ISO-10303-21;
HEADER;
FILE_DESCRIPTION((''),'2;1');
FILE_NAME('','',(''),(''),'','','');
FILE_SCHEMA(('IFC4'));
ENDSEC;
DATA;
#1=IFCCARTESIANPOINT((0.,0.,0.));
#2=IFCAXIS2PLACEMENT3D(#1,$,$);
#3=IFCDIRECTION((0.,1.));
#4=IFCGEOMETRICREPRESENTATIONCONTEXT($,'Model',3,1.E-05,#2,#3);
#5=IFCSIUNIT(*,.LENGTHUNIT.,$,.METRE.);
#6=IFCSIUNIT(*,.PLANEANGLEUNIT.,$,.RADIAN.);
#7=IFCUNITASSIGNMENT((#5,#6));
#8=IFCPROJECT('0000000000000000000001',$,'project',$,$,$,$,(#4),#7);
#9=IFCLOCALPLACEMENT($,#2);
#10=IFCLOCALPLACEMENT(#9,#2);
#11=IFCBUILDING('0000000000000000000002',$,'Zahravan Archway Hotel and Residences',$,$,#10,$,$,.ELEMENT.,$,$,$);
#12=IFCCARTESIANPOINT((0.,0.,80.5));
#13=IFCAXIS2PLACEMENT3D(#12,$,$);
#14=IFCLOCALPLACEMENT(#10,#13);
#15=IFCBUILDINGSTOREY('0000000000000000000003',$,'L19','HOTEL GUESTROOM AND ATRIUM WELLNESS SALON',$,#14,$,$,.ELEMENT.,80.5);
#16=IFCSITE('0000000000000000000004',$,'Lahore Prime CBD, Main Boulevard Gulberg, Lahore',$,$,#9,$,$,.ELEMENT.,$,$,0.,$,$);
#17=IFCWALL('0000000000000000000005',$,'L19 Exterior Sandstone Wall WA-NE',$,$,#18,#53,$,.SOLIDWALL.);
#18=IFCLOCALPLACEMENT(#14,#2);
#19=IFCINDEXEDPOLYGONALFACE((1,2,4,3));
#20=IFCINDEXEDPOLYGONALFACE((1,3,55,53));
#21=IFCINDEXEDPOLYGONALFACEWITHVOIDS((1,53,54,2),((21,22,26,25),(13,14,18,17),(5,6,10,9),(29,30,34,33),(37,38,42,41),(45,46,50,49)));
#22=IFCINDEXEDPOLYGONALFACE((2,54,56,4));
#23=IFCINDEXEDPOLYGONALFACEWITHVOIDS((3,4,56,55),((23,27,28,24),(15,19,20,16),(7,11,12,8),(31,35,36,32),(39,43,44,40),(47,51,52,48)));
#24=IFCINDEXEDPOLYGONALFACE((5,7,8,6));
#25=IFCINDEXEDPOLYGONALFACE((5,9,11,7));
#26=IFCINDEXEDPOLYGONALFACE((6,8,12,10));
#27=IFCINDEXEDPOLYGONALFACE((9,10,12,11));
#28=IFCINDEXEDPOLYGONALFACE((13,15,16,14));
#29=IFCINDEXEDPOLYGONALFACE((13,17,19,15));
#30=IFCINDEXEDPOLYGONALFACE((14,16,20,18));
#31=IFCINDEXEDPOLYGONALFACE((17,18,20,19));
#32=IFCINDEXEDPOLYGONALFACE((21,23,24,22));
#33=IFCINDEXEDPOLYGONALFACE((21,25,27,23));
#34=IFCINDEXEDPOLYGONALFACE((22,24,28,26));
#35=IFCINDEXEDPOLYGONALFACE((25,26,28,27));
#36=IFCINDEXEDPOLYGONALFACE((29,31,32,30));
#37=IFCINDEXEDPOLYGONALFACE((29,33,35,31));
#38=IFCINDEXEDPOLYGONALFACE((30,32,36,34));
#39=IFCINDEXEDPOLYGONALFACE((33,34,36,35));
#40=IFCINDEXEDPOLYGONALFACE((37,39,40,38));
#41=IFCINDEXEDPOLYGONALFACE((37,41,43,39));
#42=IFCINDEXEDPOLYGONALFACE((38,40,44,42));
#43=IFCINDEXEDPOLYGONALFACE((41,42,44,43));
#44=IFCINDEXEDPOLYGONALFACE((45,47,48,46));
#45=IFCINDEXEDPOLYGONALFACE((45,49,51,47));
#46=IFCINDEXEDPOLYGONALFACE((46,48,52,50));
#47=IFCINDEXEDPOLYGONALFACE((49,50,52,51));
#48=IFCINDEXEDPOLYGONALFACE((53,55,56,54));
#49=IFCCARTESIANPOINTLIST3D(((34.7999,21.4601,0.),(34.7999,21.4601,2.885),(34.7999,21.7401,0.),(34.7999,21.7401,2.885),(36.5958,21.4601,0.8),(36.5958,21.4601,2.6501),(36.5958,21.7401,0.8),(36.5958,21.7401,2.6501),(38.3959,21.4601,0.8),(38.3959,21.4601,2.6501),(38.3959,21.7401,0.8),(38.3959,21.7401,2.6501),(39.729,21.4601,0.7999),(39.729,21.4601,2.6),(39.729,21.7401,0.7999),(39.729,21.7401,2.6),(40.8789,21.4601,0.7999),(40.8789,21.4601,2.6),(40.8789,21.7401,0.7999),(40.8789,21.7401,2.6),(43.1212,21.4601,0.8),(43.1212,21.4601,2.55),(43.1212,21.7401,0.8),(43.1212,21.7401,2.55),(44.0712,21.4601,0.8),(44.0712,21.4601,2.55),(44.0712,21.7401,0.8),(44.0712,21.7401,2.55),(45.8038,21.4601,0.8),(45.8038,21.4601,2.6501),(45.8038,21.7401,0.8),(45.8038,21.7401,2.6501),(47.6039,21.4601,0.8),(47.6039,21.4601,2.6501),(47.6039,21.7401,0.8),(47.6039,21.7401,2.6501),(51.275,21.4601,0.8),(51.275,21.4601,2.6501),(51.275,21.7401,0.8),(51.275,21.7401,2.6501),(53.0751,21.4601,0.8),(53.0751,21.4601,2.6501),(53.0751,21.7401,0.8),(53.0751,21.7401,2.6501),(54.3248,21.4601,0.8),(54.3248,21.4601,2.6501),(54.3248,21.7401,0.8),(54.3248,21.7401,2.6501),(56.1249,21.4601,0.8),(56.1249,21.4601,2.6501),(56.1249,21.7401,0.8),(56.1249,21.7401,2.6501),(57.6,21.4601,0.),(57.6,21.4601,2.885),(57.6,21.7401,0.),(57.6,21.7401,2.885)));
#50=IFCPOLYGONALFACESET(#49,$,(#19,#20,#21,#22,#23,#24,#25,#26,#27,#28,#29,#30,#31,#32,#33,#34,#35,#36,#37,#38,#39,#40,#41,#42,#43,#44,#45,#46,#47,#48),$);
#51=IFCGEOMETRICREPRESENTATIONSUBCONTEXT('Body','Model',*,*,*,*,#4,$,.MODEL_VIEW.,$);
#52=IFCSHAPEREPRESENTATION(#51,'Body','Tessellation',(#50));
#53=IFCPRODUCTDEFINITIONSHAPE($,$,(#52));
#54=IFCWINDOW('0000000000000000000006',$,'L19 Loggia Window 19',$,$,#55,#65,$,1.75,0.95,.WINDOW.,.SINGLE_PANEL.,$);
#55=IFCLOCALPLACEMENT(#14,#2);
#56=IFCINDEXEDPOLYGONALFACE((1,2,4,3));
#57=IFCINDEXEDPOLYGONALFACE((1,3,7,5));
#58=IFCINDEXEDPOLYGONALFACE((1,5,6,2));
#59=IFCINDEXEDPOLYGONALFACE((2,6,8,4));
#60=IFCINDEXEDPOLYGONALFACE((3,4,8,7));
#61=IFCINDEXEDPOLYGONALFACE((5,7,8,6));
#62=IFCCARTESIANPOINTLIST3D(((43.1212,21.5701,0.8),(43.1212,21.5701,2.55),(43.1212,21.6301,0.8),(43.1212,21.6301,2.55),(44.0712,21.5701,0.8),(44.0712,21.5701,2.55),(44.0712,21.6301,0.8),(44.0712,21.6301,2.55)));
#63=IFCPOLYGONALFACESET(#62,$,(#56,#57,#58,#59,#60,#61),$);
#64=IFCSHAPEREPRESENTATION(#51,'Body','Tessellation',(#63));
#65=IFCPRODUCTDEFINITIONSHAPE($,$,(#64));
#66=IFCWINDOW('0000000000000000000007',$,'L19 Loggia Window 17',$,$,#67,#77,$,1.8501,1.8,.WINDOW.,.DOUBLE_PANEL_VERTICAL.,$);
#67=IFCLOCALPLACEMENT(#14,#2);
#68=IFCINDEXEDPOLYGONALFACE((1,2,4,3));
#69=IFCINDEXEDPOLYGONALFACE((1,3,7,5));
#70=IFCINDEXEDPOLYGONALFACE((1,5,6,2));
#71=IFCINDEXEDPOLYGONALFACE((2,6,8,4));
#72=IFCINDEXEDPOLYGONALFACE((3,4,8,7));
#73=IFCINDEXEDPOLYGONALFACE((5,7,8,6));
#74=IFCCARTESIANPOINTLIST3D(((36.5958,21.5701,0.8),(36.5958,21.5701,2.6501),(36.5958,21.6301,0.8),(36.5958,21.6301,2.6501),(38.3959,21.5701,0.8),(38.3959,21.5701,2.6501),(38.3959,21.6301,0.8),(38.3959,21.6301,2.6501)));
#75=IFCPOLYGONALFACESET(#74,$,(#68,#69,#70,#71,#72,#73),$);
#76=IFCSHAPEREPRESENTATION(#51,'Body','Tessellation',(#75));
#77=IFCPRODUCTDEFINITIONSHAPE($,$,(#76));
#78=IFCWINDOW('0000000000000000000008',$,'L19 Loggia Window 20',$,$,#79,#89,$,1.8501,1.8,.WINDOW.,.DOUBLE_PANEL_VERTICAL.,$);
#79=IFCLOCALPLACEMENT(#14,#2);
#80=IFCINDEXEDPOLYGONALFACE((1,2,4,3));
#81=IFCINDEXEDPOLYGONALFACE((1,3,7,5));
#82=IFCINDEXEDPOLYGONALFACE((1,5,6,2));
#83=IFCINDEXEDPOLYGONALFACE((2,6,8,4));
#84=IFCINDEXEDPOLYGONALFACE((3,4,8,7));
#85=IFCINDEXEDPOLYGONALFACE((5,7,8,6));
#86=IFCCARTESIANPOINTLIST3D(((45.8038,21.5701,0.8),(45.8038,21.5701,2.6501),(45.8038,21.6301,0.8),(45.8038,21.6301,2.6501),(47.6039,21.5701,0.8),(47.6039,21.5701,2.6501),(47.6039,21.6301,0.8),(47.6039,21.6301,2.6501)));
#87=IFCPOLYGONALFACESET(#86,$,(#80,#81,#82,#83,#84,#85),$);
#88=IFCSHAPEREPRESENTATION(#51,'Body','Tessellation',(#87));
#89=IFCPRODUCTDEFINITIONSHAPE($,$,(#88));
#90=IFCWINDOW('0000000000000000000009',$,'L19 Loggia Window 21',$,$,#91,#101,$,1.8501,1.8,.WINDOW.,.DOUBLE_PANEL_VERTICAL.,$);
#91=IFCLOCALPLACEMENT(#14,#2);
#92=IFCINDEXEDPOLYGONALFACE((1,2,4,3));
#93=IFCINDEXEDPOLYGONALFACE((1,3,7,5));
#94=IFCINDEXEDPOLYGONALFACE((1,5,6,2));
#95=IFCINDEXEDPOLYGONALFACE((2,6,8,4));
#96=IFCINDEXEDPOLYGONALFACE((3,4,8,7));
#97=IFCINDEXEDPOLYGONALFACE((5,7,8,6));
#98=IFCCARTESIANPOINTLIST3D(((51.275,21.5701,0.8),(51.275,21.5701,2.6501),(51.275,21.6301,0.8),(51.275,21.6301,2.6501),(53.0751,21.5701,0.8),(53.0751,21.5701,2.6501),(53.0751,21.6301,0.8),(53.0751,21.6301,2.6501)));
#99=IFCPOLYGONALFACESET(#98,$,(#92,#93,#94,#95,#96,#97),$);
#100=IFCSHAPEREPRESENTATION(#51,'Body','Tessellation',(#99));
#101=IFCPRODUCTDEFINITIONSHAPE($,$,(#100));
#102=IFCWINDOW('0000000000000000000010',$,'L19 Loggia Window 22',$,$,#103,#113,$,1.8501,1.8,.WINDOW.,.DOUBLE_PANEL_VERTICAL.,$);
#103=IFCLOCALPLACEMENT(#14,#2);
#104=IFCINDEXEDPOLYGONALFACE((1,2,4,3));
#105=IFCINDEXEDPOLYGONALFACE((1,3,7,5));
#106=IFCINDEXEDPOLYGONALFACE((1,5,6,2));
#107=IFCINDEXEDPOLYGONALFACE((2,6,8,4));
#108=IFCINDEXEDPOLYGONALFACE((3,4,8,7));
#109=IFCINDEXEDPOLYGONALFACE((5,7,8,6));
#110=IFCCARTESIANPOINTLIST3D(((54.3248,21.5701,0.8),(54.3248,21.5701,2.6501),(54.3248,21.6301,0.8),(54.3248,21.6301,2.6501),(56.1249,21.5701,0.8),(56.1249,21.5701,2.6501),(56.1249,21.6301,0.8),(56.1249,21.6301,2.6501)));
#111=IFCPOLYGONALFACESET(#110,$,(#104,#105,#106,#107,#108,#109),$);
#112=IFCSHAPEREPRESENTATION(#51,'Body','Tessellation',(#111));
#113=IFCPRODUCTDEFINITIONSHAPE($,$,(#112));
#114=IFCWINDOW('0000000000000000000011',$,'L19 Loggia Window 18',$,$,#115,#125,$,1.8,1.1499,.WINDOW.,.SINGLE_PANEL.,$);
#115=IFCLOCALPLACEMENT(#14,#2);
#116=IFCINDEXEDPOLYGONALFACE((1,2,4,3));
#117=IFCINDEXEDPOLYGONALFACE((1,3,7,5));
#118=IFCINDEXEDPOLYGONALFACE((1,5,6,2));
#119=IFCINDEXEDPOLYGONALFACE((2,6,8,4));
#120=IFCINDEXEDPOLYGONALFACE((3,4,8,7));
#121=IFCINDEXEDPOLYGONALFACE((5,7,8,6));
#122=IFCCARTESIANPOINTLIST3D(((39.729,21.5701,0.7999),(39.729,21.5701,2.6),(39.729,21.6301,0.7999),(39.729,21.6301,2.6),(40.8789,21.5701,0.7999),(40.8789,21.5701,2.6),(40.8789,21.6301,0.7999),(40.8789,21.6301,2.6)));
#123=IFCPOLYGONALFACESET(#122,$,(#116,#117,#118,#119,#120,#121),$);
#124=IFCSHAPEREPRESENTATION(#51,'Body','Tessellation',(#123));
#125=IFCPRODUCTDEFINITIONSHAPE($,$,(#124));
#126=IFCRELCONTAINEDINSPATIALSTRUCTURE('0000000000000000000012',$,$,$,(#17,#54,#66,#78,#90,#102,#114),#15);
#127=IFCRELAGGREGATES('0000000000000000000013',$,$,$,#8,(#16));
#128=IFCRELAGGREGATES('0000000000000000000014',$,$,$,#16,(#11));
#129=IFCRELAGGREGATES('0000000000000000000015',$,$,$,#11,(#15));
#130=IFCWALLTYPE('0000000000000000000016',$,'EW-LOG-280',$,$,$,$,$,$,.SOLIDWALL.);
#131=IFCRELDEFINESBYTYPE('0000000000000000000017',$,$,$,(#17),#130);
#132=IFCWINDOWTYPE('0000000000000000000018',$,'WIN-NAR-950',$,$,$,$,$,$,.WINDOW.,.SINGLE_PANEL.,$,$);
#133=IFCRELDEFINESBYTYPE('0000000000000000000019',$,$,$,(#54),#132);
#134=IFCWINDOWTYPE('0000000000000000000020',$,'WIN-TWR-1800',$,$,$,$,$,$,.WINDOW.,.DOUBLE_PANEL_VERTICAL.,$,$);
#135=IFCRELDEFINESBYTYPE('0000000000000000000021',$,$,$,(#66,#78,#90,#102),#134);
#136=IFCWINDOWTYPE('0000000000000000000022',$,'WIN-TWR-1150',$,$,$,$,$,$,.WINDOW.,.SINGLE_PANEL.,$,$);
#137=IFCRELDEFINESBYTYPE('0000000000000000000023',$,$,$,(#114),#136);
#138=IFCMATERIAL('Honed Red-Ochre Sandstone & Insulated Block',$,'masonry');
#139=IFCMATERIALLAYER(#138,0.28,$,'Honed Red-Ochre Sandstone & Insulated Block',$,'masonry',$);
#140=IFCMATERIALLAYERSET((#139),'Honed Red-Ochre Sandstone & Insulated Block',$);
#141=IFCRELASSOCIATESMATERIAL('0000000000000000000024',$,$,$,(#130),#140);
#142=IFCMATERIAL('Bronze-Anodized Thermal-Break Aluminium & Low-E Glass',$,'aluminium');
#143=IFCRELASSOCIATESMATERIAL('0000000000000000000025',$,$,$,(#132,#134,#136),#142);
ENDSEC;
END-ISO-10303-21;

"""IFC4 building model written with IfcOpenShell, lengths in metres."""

from ifc_helpers import new_model, si_unit, direction, frame, frame_2d, origin, place, context, subcontext, project, spatial, rectangle, extrude, source, transform, mapped, material, layer, layer_set, type_object, type_shapes, element, fill, save


model = new_model("IFC4")

# Units and contexts
model_context = context("Model", 3, precision=1e-05, world=origin(), true_north=direction((0.0, 1.0)))
body_context = subcontext(model_context, "Body", "Model", "MODEL_VIEW")
ifc_project = project(units=[si_unit("LENGTHUNIT", "METRE"), si_unit("PLANEANGLEUNIT", "RADIAN")], contexts=[model_context])

# Site, building, storey
site_placement = place(None, origin())
site = spatial("IfcSite", under=ifc_project, at=site_placement, Name="Lahore Prime CBD, Main Boulevard Gulberg, Lahore", CompositionType="ELEMENT", RefElevation=0.0)
building_placement = place(site_placement, origin())
building = spatial("IfcBuilding", under=site, at=building_placement, Name="Zahravan Archway Hotel and Residences", CompositionType="ELEMENT")
storey_placement = place(building_placement, frame((0.0, 0.0, 80.5)))
storey = spatial("IfcBuildingStorey", under=building, at=storey_placement, Name="L19", Description="HOTEL GUESTROOM AND ATRIUM WELLNESS SALON", CompositionType="ELEMENT", Elevation=80.5)

# Wall, openings, windows
ifc_material_1 = material(Name="Honed Red-Ochre Sandstone & Insulated Block", Category="masonry")
ifc_layer_1 = layer(ifc_material_1, 0.28, Name="Honed Red-Ochre Sandstone & Insulated Block", Category="masonry")
ifc_layer_set_1 = layer_set([ifc_layer_1], Name="Honed Red-Ochre Sandstone & Insulated Block")
wall_type = type_object("IfcWallType", Name="EW-LOG-280", PredefinedType="SOLIDWALL", material=ifc_layer_set_1)
wall_placement = place(storey_placement, frame((34.8, 21.6001, 0.0), z_axis=(0.0, 0.0, 1.0), x_axis=(1.0, 0.0, 0.0)))
wall = element("IfcWall", 1, at=wall_placement, inside=storey, type_object=wall_type, Name="L19 Exterior Sandstone Wall WA-NE", PredefinedType="SOLIDWALL", context=body_context, shape_type="SweptSolid", body=[
    extrude(rectangle(XDim=22.8, YDim=0.28, at=frame_2d((11.3999, 0.0))), origin(), (0.0, 0.0, 1.0), 2.885),
])
opening_1_placement = place(wall_placement, frame((1.7959, 0.0, 0.8)))
opening_1 = element("IfcOpeningElement", 2, at=opening_1_placement, cuts=wall, PredefinedType="OPENING", context=body_context, shape_type="SweptSolid", body=[
    extrude(rectangle(XDim=1.8, YDim=1.8501, at=frame_2d((0.8999, 0.925))), frame((0.0, 0.1499, 0.0), z_axis=(0.0, -1.0, 0.0), x_axis=(1.0, 0.0, 0.0)), (0.0, 0.0, 1.0), 0.3),
])
opening_2_placement = place(wall_placement, frame((4.929, 0.0, 0.8)))
opening_2 = element("IfcOpeningElement", 3, at=opening_2_placement, cuts=wall, PredefinedType="OPENING", context=body_context, shape_type="SweptSolid", body=[
    extrude(rectangle(XDim=1.1499, YDim=1.8, at=frame_2d((0.575, 0.8999))), frame((0.0, 0.1499, 0.0), z_axis=(0.0, -1.0, 0.0), x_axis=(1.0, 0.0, 0.0)), (0.0, 0.0, 1.0), 0.3),
])
opening_3_placement = place(wall_placement, frame((8.321, 0.0, 0.8)))
opening_3 = element("IfcOpeningElement", 4, at=opening_3_placement, cuts=wall, PredefinedType="OPENING", context=body_context, shape_type="SweptSolid", body=[
    extrude(rectangle(XDim=0.95, YDim=1.75, at=frame_2d((0.4751, 0.875))), frame((0.0, 0.1499, 0.0), z_axis=(0.0, -1.0, 0.0), x_axis=(1.0, 0.0, 0.0)), (0.0, 0.0, 1.0), 0.3),
])
opening_4_placement = place(wall_placement, frame((11.0039, 0.0, 0.8)))
opening_4 = element("IfcOpeningElement", 5, at=opening_4_placement, cuts=wall, PredefinedType="OPENING", context=body_context, shape_type="SweptSolid", body=[
    extrude(rectangle(XDim=1.8, YDim=1.8501, at=frame_2d((0.8999, 0.925))), frame((0.0, 0.1499, 0.0), z_axis=(0.0, -1.0, 0.0), x_axis=(1.0, 0.0, 0.0)), (0.0, 0.0, 1.0), 0.3),
])
opening_5_placement = place(wall_placement, frame((16.4751, 0.0, 0.8)))
opening_5 = element("IfcOpeningElement", 6, at=opening_5_placement, cuts=wall, PredefinedType="OPENING", context=body_context, shape_type="SweptSolid", body=[
    extrude(rectangle(XDim=1.8, YDim=1.8501, at=frame_2d((0.8999, 0.925))), frame((0.0, 0.1499, 0.0), z_axis=(0.0, -1.0, 0.0), x_axis=(1.0, 0.0, 0.0)), (0.0, 0.0, 1.0), 0.3),
])
opening_6_placement = place(wall_placement, frame((19.5249, 0.0, 0.8)))
opening_6 = element("IfcOpeningElement", 7, at=opening_6_placement, cuts=wall, PredefinedType="OPENING", context=body_context, shape_type="SweptSolid", body=[
    extrude(rectangle(XDim=1.8, YDim=1.8501, at=frame_2d((0.8999, 0.925))), frame((0.0, 0.1499, 0.0), z_axis=(0.0, -1.0, 0.0), x_axis=(1.0, 0.0, 0.0)), (0.0, 0.0, 1.0), 0.3),
])
ifc_material_2 = material(Name="Bronze-Anodized Thermal-Break Aluminium & Low-E Glass", Category="aluminium")
window_type_1 = type_object("IfcWindowType", Name="WIN-NAR-950", PartitioningType="SINGLE_PANEL", PredefinedType="WINDOW", material=ifc_material_2)
shared_shape_1 = source(origin(), body_context, "Body", "SweptSolid", [
    extrude(rectangle(XDim=0.95, YDim=1.75, at=frame_2d((0.4751, 0.875))), frame((0.0, 0.03, 0.0), z_axis=(0.0, -1.0, 0.0), x_axis=(1.0, 0.0, 0.0)), (0.0, 0.0, 1.0), 0.0601),
])
type_shapes(window_type_1, [shared_shape_1])
window_1_placement = place(opening_3_placement, origin())
window_1 = element("IfcWindow", 8, at=window_1_placement, inside=storey, type_object=window_type_1, Name="L19 Loggia Window 19", OverallHeight=1.75, OverallWidth=0.95, PartitioningType="SINGLE_PANEL", PredefinedType="WINDOW", context=body_context, shape_type="MappedRepresentation", body=[
    mapped(shared_shape_1, transform((0.0, 0.0, 0.0), scale=1.0)),
])
fill(opening_3, window_1)
window_type_2 = type_object("IfcWindowType", Name="WIN-TWR-1800", PartitioningType="DOUBLE_PANEL_VERTICAL", PredefinedType="WINDOW", material=ifc_material_2)
shared_shape_2 = source(origin(), body_context, "Body", "SweptSolid", [
    extrude(rectangle(XDim=1.8, YDim=1.8501, at=frame_2d((0.8999, 0.925))), frame((0.0, 0.03, 0.0), z_axis=(0.0, -1.0, 0.0), x_axis=(1.0, 0.0, 0.0)), (0.0, 0.0, 1.0), 0.0601),
])
type_shapes(window_type_2, [shared_shape_2])
window_2_placement = place(opening_1_placement, origin())
window_2 = element("IfcWindow", 9, at=window_2_placement, inside=storey, type_object=window_type_2, Name="L19 Loggia Window 17", OverallHeight=1.8501, OverallWidth=1.8, PartitioningType="DOUBLE_PANEL_VERTICAL", PredefinedType="WINDOW", context=body_context, shape_type="MappedRepresentation", body=[
    mapped(shared_shape_2, transform((0.0, 0.0, 0.0), scale=1.0)),
])
fill(opening_1, window_2)
window_3_placement = place(opening_4_placement, origin())
window_3 = element("IfcWindow", 10, at=window_3_placement, inside=storey, type_object=window_type_2, Name="L19 Loggia Window 20", OverallHeight=1.8501, OverallWidth=1.8, PartitioningType="DOUBLE_PANEL_VERTICAL", PredefinedType="WINDOW", context=body_context, shape_type="MappedRepresentation", body=[
    mapped(shared_shape_2, transform((0.0, 0.0, 0.0), scale=1.0)),
])
fill(opening_4, window_3)
window_4_placement = place(opening_5_placement, origin())
window_4 = element("IfcWindow", 11, at=window_4_placement, inside=storey, type_object=window_type_2, Name="L19 Loggia Window 21", OverallHeight=1.8501, OverallWidth=1.8, PartitioningType="DOUBLE_PANEL_VERTICAL", PredefinedType="WINDOW", context=body_context, shape_type="MappedRepresentation", body=[
    mapped(shared_shape_2, transform((0.0, 0.0, 0.0), scale=1.0)),
])
fill(opening_5, window_4)
window_5_placement = place(opening_6_placement, origin())
window_5 = element("IfcWindow", 12, at=window_5_placement, inside=storey, type_object=window_type_2, Name="L19 Loggia Window 22", OverallHeight=1.8501, OverallWidth=1.8, PartitioningType="DOUBLE_PANEL_VERTICAL", PredefinedType="WINDOW", context=body_context, shape_type="MappedRepresentation", body=[
    mapped(shared_shape_2, transform((0.0, 0.0, 0.0), scale=1.0)),
])
fill(opening_6, window_5)
window_type_3 = type_object("IfcWindowType", Name="WIN-TWR-1150", PartitioningType="SINGLE_PANEL", PredefinedType="WINDOW", material=ifc_material_2)
shared_shape_3 = source(origin(), body_context, "Body", "SweptSolid", [
    extrude(rectangle(XDim=1.1499, YDim=1.8, at=frame_2d((0.575, 0.8999))), frame((0.0, 0.03, 0.0), z_axis=(0.0, -1.0, 0.0), x_axis=(1.0, 0.0, 0.0)), (0.0, 0.0, 1.0), 0.0601),
])
type_shapes(window_type_3, [shared_shape_3])
window_6_placement = place(opening_2_placement, origin())
window_6 = element("IfcWindow", 13, at=window_6_placement, inside=storey, type_object=window_type_3, Name="L19 Loggia Window 18", OverallHeight=1.8, OverallWidth=1.1499, PartitioningType="SINGLE_PANEL", PredefinedType="WINDOW", context=body_context, shape_type="MappedRepresentation", body=[
    mapped(shared_shape_3, transform((0.0, 0.0, 0.0), scale=1.0)),
])
fill(opening_2, window_6)

save(model, "model.ifc")
